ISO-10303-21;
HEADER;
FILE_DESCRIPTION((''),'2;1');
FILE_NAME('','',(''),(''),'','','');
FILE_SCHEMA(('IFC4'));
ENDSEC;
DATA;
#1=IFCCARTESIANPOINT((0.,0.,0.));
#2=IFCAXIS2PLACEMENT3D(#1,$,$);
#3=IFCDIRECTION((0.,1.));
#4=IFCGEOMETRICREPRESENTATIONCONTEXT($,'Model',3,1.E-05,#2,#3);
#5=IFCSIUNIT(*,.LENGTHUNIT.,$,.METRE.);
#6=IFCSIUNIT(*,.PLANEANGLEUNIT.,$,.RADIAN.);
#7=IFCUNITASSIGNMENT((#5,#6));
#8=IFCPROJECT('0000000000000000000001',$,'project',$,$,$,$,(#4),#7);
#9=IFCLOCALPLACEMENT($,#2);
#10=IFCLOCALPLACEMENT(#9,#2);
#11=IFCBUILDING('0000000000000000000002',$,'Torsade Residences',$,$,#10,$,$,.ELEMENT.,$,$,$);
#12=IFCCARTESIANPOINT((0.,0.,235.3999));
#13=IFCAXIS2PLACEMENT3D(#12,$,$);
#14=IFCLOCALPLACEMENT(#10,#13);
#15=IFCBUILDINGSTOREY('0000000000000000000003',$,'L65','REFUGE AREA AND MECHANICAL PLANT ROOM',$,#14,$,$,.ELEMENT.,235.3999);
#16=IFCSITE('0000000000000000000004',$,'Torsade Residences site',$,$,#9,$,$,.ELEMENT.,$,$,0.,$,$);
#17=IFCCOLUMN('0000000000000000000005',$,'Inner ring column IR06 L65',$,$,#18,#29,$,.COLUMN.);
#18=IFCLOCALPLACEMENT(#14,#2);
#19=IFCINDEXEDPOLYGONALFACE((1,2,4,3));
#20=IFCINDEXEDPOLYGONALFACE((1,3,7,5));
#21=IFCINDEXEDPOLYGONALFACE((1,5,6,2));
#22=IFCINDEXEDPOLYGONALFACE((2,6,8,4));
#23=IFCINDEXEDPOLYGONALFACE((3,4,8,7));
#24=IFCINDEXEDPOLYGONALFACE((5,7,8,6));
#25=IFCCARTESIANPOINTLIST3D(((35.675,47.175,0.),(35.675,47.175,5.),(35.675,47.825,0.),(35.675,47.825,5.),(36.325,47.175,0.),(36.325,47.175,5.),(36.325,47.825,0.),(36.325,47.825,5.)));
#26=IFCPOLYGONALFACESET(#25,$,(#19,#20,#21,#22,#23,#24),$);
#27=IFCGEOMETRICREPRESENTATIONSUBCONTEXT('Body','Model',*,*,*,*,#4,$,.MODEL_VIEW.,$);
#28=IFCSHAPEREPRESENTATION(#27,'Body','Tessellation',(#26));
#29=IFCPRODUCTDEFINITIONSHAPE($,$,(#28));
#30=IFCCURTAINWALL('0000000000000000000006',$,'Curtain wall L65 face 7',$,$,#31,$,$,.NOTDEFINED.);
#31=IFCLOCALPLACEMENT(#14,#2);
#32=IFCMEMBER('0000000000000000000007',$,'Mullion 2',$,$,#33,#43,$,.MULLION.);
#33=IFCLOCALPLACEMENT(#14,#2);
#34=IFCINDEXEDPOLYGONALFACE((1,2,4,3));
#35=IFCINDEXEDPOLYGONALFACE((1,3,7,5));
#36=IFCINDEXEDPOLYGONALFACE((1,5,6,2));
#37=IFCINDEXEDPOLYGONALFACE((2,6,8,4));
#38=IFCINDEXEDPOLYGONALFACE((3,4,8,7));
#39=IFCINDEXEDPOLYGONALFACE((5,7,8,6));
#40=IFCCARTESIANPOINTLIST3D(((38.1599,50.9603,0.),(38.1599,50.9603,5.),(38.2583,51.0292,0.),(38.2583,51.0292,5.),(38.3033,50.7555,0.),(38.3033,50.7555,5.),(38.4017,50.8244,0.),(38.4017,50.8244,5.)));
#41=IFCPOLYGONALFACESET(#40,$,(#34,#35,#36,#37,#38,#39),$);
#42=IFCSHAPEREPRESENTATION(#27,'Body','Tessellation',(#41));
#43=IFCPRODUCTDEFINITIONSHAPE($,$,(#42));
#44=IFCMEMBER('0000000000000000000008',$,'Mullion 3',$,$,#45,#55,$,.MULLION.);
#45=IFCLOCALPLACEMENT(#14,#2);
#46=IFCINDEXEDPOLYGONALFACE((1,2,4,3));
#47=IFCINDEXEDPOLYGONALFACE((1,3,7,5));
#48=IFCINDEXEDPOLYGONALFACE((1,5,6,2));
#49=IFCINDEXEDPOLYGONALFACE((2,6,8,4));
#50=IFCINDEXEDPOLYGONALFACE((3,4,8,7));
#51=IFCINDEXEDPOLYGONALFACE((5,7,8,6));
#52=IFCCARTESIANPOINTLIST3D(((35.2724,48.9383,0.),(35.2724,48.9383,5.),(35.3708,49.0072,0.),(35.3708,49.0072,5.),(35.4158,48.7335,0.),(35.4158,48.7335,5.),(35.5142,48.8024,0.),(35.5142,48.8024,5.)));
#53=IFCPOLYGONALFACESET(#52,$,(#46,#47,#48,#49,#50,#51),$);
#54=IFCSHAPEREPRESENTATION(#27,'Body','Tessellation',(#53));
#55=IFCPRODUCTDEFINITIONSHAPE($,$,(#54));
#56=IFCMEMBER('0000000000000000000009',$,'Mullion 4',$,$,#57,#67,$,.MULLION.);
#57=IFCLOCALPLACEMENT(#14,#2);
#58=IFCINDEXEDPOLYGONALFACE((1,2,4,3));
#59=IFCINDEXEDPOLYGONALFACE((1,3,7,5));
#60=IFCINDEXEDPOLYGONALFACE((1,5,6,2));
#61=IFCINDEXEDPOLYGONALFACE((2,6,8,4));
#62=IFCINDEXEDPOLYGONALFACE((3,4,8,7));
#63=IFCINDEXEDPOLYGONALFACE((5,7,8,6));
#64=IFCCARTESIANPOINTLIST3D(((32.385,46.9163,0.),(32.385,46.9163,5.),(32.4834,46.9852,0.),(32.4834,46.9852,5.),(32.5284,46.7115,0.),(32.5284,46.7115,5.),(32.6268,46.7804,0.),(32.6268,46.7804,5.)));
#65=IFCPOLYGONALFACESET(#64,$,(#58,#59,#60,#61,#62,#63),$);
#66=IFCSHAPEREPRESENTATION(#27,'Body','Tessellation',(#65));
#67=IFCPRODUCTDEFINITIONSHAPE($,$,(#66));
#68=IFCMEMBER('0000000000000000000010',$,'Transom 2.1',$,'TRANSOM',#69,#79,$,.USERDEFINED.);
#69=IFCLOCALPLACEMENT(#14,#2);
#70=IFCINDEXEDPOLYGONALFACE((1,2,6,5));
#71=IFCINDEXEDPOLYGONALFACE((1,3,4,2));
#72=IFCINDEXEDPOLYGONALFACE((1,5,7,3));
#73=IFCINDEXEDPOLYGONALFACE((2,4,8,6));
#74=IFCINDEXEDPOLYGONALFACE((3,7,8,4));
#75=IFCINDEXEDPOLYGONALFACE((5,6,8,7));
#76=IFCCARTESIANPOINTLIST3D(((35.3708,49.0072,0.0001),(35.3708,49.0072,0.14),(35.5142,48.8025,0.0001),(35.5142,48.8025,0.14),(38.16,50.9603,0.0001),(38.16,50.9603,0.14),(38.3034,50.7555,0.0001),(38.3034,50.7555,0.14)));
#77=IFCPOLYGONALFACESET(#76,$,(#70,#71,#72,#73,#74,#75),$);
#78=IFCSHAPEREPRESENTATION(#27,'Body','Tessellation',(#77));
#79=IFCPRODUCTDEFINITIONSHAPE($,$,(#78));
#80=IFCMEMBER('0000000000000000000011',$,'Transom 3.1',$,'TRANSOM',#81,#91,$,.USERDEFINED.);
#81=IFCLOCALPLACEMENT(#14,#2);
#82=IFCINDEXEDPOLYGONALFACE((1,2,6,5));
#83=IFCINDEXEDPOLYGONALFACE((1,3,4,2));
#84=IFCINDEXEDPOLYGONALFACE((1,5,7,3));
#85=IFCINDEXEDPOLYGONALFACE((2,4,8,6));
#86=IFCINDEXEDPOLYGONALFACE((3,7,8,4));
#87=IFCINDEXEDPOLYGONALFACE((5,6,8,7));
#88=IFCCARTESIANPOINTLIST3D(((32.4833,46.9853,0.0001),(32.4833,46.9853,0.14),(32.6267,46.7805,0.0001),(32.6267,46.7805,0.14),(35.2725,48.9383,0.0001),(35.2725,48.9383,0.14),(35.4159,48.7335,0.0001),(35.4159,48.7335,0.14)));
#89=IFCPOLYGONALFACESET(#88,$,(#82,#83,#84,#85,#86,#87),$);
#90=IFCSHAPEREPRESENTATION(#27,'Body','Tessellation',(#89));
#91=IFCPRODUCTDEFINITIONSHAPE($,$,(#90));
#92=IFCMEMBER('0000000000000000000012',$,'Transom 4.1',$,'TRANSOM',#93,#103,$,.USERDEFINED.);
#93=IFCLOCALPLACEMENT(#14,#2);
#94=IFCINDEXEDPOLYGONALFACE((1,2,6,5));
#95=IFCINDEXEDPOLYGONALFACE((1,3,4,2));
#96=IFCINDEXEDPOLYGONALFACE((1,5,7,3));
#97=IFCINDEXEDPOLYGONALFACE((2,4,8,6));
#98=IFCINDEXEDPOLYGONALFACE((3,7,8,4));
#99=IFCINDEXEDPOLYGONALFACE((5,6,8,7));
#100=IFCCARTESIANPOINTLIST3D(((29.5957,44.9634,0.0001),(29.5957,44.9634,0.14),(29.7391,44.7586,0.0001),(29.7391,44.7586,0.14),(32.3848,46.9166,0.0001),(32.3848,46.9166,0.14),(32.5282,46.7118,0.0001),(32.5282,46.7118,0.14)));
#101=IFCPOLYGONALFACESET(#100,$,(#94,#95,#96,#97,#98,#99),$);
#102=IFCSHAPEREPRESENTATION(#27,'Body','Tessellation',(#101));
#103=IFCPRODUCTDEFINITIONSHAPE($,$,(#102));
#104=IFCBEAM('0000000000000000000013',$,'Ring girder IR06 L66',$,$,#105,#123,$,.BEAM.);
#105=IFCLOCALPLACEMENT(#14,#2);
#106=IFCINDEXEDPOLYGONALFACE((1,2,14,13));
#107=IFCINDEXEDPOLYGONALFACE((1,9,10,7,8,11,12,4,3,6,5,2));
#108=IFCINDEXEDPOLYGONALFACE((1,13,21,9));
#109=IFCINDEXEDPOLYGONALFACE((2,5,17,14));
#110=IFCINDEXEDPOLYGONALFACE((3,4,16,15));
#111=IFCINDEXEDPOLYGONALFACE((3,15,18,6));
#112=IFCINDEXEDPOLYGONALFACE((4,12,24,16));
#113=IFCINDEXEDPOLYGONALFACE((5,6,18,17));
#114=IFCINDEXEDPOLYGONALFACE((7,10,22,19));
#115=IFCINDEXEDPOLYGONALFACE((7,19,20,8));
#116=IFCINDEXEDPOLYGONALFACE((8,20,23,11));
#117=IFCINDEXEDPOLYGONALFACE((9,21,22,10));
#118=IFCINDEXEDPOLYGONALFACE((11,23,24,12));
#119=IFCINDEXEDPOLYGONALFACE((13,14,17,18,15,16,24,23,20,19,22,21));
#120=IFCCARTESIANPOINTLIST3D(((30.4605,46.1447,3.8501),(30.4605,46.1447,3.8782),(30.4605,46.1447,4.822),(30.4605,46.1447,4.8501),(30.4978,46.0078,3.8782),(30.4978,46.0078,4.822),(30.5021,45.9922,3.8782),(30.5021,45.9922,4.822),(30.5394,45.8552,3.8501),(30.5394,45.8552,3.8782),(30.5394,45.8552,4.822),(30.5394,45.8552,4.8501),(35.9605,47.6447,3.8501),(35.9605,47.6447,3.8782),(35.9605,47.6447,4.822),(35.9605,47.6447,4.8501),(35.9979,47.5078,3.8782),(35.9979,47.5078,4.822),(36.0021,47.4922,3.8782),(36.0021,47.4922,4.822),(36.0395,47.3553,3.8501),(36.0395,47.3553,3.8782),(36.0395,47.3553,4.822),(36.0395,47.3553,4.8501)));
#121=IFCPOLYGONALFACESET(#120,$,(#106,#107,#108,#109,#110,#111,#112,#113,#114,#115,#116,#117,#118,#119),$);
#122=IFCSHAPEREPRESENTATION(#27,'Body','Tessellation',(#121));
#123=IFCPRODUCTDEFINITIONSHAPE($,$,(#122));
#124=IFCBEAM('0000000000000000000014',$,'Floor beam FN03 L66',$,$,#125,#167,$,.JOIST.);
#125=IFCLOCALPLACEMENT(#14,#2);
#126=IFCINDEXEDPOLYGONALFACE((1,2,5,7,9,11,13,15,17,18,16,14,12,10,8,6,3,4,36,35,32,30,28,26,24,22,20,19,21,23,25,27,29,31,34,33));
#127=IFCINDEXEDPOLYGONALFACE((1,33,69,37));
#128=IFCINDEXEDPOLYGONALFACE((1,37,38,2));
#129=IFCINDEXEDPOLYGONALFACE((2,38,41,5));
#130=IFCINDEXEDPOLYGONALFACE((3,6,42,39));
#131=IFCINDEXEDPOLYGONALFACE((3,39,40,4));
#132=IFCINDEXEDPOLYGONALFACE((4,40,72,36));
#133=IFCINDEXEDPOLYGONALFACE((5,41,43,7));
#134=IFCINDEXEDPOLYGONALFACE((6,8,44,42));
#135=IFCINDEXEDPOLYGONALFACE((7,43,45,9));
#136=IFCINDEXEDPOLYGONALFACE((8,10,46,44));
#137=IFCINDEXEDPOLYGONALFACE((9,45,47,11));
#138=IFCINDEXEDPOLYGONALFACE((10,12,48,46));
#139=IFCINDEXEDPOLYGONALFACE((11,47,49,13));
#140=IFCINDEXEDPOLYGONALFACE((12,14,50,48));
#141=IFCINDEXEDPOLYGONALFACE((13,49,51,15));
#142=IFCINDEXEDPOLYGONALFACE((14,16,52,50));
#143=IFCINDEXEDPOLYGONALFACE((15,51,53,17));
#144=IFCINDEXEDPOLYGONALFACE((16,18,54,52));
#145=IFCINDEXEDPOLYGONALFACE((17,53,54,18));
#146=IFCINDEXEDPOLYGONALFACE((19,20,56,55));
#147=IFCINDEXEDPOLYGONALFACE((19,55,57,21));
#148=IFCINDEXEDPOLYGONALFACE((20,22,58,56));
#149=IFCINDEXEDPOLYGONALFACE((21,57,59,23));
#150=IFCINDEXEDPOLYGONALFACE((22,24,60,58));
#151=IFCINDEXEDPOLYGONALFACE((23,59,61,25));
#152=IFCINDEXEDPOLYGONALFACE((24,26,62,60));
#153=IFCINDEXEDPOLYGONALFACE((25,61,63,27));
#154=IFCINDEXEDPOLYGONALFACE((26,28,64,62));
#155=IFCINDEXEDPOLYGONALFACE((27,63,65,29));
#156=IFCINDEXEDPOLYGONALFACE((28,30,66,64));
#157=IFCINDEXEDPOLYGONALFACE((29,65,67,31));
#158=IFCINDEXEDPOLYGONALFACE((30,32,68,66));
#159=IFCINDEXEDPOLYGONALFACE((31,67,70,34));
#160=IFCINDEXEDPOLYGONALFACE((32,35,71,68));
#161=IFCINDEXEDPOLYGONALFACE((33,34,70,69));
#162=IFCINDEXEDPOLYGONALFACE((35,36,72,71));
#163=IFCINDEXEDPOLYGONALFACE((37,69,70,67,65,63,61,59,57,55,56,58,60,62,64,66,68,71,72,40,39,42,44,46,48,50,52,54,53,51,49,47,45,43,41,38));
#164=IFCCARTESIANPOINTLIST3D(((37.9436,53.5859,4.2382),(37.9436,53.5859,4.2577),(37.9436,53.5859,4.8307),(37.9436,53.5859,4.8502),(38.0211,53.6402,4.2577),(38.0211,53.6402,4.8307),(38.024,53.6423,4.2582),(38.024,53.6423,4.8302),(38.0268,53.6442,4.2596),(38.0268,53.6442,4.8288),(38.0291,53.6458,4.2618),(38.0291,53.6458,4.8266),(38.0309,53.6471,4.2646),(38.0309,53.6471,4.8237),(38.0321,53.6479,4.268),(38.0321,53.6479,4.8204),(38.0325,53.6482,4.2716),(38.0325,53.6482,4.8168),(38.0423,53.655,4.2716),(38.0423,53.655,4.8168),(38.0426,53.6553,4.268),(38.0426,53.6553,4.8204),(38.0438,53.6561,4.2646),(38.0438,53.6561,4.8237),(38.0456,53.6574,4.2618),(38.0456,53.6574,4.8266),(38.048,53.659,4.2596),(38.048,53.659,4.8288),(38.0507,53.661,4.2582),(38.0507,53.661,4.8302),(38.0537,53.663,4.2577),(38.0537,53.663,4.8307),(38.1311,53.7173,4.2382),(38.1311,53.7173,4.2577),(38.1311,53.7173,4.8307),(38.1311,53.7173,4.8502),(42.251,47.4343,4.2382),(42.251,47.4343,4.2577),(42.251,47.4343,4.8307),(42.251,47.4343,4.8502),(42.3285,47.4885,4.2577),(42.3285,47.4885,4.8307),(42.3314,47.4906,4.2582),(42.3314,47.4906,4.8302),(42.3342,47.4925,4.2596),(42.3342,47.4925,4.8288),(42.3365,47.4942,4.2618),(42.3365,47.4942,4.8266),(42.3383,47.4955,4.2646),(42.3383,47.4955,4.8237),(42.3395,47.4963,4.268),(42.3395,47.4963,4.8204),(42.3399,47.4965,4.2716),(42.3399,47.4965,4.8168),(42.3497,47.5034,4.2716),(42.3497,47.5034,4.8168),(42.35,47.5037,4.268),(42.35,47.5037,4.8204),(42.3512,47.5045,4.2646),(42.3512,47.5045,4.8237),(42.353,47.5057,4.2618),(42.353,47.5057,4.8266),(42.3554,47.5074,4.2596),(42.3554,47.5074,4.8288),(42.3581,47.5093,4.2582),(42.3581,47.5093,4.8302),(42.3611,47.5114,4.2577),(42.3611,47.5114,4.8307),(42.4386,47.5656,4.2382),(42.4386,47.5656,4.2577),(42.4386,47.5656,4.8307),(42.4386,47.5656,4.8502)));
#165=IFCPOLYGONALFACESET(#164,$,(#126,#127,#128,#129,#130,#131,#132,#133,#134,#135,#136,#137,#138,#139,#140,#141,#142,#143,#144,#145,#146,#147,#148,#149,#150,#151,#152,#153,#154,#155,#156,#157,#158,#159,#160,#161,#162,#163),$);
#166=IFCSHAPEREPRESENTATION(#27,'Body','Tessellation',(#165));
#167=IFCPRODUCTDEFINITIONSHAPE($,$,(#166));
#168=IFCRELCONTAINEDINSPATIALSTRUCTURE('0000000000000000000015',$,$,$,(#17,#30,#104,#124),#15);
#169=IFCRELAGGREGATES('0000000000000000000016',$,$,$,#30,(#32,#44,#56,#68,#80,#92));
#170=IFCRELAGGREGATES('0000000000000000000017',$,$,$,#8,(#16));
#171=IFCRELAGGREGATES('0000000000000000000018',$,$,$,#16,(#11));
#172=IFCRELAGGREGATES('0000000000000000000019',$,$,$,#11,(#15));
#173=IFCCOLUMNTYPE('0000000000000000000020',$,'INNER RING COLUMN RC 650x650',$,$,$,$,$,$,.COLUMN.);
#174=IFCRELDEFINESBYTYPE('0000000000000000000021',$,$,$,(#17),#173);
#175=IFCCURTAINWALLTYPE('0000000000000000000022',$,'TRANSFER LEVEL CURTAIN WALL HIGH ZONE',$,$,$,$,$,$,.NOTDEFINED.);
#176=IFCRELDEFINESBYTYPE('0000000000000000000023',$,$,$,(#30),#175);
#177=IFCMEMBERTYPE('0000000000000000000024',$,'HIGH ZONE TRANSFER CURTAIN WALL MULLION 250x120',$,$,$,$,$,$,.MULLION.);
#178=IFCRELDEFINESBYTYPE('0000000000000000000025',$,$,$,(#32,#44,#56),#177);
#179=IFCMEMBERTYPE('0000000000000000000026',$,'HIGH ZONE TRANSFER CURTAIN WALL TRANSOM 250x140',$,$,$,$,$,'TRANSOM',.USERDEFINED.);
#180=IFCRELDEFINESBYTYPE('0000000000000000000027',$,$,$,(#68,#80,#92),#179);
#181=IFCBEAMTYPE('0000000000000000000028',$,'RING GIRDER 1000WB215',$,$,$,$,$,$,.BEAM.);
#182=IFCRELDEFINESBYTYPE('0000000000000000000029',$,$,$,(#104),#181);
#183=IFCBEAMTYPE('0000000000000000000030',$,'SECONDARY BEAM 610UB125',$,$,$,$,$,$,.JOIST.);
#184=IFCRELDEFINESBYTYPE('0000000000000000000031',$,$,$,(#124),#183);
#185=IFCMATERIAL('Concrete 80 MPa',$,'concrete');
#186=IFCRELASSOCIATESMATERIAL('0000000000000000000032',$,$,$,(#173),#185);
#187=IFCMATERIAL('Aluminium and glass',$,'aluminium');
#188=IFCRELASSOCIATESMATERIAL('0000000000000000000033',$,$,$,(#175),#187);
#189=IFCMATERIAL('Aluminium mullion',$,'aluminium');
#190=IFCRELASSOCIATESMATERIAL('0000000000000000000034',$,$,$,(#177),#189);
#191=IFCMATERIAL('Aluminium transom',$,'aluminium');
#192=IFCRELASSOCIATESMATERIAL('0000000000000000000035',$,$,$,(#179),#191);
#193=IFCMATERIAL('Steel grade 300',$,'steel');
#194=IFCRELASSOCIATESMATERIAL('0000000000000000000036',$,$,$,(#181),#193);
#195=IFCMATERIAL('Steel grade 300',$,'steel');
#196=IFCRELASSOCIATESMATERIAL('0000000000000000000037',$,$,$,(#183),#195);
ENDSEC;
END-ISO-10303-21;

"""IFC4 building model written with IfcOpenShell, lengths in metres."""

from ifc_helpers import new_model, si_unit, direction, frame, origin, origin_2d, place, context, subcontext, project, spatial, rectangle, i_section, extrude, material, material_profile, profile_set, type_object, element, aggregate, save


model = new_model("IFC4")

# Units and contexts
model_context = context("Model", 3, precision=1e-05, world=origin(), true_north=direction((0.0, 1.0)))
body_context = subcontext(model_context, "Body", "Model", "MODEL_VIEW")
ifc_project = project(units=[si_unit("LENGTHUNIT", "METRE"), si_unit("PLANEANGLEUNIT", "RADIAN")], contexts=[model_context])

# Site, building, storey
site_placement = place(None, origin())
site = spatial("IfcSite", under=ifc_project, at=site_placement, Name="Torsade Residences site", CompositionType="ELEMENT", RefElevation=0.0)
building_placement = place(site_placement, origin())
building = spatial("IfcBuilding", under=site, at=building_placement, Name="Torsade Residences", CompositionType="ELEMENT")
storey_placement = place(building_placement, frame((0.0, 0.0, 235.3999)))
storey = spatial("IfcBuildingStorey", under=building, at=storey_placement, Name="L65", Description="REFUGE AREA AND MECHANICAL PLANT ROOM", CompositionType="ELEMENT", Elevation=235.3999)

# Column
ifc_material_1 = material(Name="Concrete 80 MPa", Category="concrete")
ifc_material_profile_1 = material_profile(ifc_material_1, rectangle(XDim=0.6499, YDim=0.6499, at=origin_2d()), Name="RC 650x650")
ifc_profile_set_1 = profile_set([ifc_material_profile_1], Name="Concrete 80 MPa")
column_type = type_object("IfcColumnType", Name="INNER RING COLUMN RC 650x650", PredefinedType="COLUMN", material=ifc_profile_set_1)
column_placement = place(storey_placement, frame((36.0, 47.5, 0.0), z_axis=(0.0, 0.0, 1.0), x_axis=(1.0, 0.0, 0.0)))
element("IfcColumn", 1, at=column_placement, inside=storey, type_object=column_type, Name="Inner ring column IR06 L65", PredefinedType="COLUMN", context=body_context, shape_type="SweptSolid", body=[
    extrude(rectangle(XDim=0.6499, YDim=0.6499, at=origin_2d()), origin(), (0.0, 0.0, 1.0), 5.0),
])

# Curtain wall, members
ifc_material_2 = material(Name="Aluminium and glass", Category="aluminium")
curtain_wall_type = type_object("IfcCurtainWallType", Name="TRANSFER LEVEL CURTAIN WALL HIGH ZONE", PredefinedType="NOTDEFINED", material=ifc_material_2)
curtain_wall_placement = place(storey_placement, origin())
curtain_wall = element("IfcCurtainWall", 2, at=curtain_wall_placement, inside=storey, type_object=curtain_wall_type, Name="Curtain wall L65 face 7", PredefinedType="NOTDEFINED")
ifc_material_3 = material(Name="Aluminium mullion", Category="aluminium")
ifc_material_profile_2 = material_profile(ifc_material_3, rectangle(XDim=0.25, YDim=0.1201, at=origin_2d()), Name="HIGH ZONE TRANSFER CURTAIN WALL MULLION 250x120")
ifc_profile_set_2 = profile_set([ifc_material_profile_2], Name="Aluminium mullion")
member_type_1 = type_object("IfcMemberType", Name="HIGH ZONE TRANSFER CURTAIN WALL MULLION 250x120", PredefinedType="MULLION", material=ifc_profile_set_2)
member_1_placement = place(storey_placement, frame((38.2808, 50.8923, 0.0), z_axis=(0.0, 0.0, 1.0), x_axis=(0.573576, -0.819152, 0.0)))
member_1 = element("IfcMember", 3, at=member_1_placement, type_object=member_type_1, Name="Mullion 2", PredefinedType="MULLION", context=body_context, shape_type="SweptSolid", body=[
    extrude(rectangle(XDim=0.25, YDim=0.1201, at=origin_2d()), origin(), (0.0, 0.0, 1.0), 5.0),
])
member_2_placement = place(storey_placement, frame((35.3933, 48.8704, 0.0), z_axis=(0.0, 0.0, 1.0), x_axis=(0.573576, -0.819152, 0.0)))
member_2 = element("IfcMember", 4, at=member_2_placement, type_object=member_type_1, Name="Mullion 3", PredefinedType="MULLION", context=body_context, shape_type="SweptSolid", body=[
    extrude(rectangle(XDim=0.25, YDim=0.1201, at=origin_2d()), origin(), (0.0, 0.0, 1.0), 5.0),
])
member_3_placement = place(storey_placement, frame((32.5059, 46.8484, 0.0), z_axis=(0.0, 0.0, 1.0), x_axis=(0.573576, -0.819152, 0.0)))
member_3 = element("IfcMember", 5, at=member_3_placement, type_object=member_type_1, Name="Mullion 4", PredefinedType="MULLION", context=body_context, shape_type="SweptSolid", body=[
    extrude(rectangle(XDim=0.25, YDim=0.1201, at=origin_2d()), origin(), (0.0, 0.0, 1.0), 5.0),
])
ifc_material_4 = material(Name="Aluminium transom", Category="aluminium")
ifc_material_profile_3 = material_profile(ifc_material_4, rectangle(XDim=0.25, YDim=0.1399, at=origin_2d()), Name="HIGH ZONE TRANSFER CURTAIN WALL TRANSOM 250x140")
ifc_profile_set_3 = profile_set([ifc_material_profile_3], Name="Aluminium transom")
member_type_2 = type_object("IfcMemberType", Name="HIGH ZONE TRANSFER CURTAIN WALL TRANSOM 250x140", ElementType="TRANSOM", PredefinedType="USERDEFINED", material=ifc_profile_set_3)
member_4_placement = place(storey_placement, frame((38.2317, 50.8579, 0.0701), z_axis=(-0.819148, -0.573583, 0.0), x_axis=(0.573583, -0.819148, 0.0)))
member_4 = element("IfcMember", 6, at=member_4_placement, type_object=member_type_2, Name="Transom 2.1", ObjectType="TRANSOM", PredefinedType="USERDEFINED", context=body_context, shape_type="SweptSolid", body=[
    extrude(rectangle(XDim=0.25, YDim=0.1399, at=origin_2d()), origin(), (0.0, 0.0, 1.0), 3.405),
])
member_5_placement = place(storey_placement, frame((35.3442, 48.8359, 0.0701), z_axis=(-0.819148, -0.573583, 0.0), x_axis=(0.573583, -0.819148, 0.0)))
member_5 = element("IfcMember", 7, at=member_5_placement, type_object=member_type_2, Name="Transom 3.1", ObjectType="TRANSOM", PredefinedType="USERDEFINED", context=body_context, shape_type="SweptSolid", body=[
    extrude(rectangle(XDim=0.25, YDim=0.1399, at=origin_2d()), origin(), (0.0, 0.0, 1.0), 3.405),
])
member_6_placement = place(storey_placement, frame((32.4565, 46.8142, 0.0701), z_axis=(-0.819124, -0.573616, 0.0), x_axis=(0.573616, -0.819124, 0.0)))
member_6 = element("IfcMember", 8, at=member_6_placement, type_object=member_type_2, Name="Transom 4.1", ObjectType="TRANSOM", PredefinedType="USERDEFINED", context=body_context, shape_type="SweptSolid", body=[
    extrude(rectangle(XDim=0.25, YDim=0.1399, at=origin_2d()), origin(), (0.0, 0.0, 1.0), 3.405),
])

# Beams
ifc_material_5 = material(Name="Steel grade 300", Category="steel")
ifc_material_profile_4 = material_profile(ifc_material_5, i_section(OverallWidth=0.3, OverallDepth=1.0, WebThickness=0.0161, FlangeThickness=0.0281, at=origin_2d()), Name="1000WB215")
ifc_profile_set_4 = profile_set([ifc_material_profile_4], Name="Steel grade 300")
beam_type_1 = type_object("IfcBeamType", Name="RING GIRDER 1000WB215", PredefinedType="BEAM", material=ifc_profile_set_4)
beam_1_placement = place(storey_placement, frame((36.0, 47.5, 4.3501), z_axis=(-0.964764, -0.263117, 0.0), x_axis=(0.263117, -0.964764, 0.0)))
element("IfcBeam", 9, at=beam_1_placement, inside=storey, type_object=beam_type_1, Name="Ring girder IR06 L66", PredefinedType="BEAM", context=body_context, shape_type="SweptSolid", body=[
    extrude(i_section(OverallWidth=0.3, OverallDepth=1.0, WebThickness=0.0161, FlangeThickness=0.0281, at=origin_2d()), origin(), (0.0, 0.0, 1.0), 5.7009),
])
ifc_material_6 = material(Name="Steel grade 300", Category="steel")
ifc_material_profile_5 = material_profile(ifc_material_6, i_section(OverallWidth=0.229, OverallDepth=0.6121, WebThickness=0.012, FlangeThickness=0.0195, FilletRadius=0.0139, at=origin_2d()), Name="610UB125")
ifc_profile_set_5 = profile_set([ifc_material_profile_5], Name="Steel grade 300")
beam_type_2 = type_object("IfcBeamType", Name="SECONDARY BEAM 610UB125", PredefinedType="JOIST", material=ifc_profile_set_5)
beam_2_placement = place(storey_placement, frame((38.0374, 53.6516, 4.5442), z_axis=(0.573574, -0.819154, 0.0), x_axis=(0.819154, 0.573574, 0.0)))
element("IfcBeam", 10, at=beam_2_placement, inside=storey, type_object=beam_type_2, Name="Floor beam FN03 L66", PredefinedType="JOIST", context=body_context, shape_type="SweptSolid", body=[
    extrude(i_section(OverallWidth=0.229, OverallDepth=0.6121, WebThickness=0.012, FlangeThickness=0.0195, FilletRadius=0.0139, at=origin_2d()), origin(), (0.0, 0.0, 1.0), 7.5098),
])

aggregate(curtain_wall, [member_1, member_2, member_3, member_4, member_5, member_6])

save(model, "model.ifc")
